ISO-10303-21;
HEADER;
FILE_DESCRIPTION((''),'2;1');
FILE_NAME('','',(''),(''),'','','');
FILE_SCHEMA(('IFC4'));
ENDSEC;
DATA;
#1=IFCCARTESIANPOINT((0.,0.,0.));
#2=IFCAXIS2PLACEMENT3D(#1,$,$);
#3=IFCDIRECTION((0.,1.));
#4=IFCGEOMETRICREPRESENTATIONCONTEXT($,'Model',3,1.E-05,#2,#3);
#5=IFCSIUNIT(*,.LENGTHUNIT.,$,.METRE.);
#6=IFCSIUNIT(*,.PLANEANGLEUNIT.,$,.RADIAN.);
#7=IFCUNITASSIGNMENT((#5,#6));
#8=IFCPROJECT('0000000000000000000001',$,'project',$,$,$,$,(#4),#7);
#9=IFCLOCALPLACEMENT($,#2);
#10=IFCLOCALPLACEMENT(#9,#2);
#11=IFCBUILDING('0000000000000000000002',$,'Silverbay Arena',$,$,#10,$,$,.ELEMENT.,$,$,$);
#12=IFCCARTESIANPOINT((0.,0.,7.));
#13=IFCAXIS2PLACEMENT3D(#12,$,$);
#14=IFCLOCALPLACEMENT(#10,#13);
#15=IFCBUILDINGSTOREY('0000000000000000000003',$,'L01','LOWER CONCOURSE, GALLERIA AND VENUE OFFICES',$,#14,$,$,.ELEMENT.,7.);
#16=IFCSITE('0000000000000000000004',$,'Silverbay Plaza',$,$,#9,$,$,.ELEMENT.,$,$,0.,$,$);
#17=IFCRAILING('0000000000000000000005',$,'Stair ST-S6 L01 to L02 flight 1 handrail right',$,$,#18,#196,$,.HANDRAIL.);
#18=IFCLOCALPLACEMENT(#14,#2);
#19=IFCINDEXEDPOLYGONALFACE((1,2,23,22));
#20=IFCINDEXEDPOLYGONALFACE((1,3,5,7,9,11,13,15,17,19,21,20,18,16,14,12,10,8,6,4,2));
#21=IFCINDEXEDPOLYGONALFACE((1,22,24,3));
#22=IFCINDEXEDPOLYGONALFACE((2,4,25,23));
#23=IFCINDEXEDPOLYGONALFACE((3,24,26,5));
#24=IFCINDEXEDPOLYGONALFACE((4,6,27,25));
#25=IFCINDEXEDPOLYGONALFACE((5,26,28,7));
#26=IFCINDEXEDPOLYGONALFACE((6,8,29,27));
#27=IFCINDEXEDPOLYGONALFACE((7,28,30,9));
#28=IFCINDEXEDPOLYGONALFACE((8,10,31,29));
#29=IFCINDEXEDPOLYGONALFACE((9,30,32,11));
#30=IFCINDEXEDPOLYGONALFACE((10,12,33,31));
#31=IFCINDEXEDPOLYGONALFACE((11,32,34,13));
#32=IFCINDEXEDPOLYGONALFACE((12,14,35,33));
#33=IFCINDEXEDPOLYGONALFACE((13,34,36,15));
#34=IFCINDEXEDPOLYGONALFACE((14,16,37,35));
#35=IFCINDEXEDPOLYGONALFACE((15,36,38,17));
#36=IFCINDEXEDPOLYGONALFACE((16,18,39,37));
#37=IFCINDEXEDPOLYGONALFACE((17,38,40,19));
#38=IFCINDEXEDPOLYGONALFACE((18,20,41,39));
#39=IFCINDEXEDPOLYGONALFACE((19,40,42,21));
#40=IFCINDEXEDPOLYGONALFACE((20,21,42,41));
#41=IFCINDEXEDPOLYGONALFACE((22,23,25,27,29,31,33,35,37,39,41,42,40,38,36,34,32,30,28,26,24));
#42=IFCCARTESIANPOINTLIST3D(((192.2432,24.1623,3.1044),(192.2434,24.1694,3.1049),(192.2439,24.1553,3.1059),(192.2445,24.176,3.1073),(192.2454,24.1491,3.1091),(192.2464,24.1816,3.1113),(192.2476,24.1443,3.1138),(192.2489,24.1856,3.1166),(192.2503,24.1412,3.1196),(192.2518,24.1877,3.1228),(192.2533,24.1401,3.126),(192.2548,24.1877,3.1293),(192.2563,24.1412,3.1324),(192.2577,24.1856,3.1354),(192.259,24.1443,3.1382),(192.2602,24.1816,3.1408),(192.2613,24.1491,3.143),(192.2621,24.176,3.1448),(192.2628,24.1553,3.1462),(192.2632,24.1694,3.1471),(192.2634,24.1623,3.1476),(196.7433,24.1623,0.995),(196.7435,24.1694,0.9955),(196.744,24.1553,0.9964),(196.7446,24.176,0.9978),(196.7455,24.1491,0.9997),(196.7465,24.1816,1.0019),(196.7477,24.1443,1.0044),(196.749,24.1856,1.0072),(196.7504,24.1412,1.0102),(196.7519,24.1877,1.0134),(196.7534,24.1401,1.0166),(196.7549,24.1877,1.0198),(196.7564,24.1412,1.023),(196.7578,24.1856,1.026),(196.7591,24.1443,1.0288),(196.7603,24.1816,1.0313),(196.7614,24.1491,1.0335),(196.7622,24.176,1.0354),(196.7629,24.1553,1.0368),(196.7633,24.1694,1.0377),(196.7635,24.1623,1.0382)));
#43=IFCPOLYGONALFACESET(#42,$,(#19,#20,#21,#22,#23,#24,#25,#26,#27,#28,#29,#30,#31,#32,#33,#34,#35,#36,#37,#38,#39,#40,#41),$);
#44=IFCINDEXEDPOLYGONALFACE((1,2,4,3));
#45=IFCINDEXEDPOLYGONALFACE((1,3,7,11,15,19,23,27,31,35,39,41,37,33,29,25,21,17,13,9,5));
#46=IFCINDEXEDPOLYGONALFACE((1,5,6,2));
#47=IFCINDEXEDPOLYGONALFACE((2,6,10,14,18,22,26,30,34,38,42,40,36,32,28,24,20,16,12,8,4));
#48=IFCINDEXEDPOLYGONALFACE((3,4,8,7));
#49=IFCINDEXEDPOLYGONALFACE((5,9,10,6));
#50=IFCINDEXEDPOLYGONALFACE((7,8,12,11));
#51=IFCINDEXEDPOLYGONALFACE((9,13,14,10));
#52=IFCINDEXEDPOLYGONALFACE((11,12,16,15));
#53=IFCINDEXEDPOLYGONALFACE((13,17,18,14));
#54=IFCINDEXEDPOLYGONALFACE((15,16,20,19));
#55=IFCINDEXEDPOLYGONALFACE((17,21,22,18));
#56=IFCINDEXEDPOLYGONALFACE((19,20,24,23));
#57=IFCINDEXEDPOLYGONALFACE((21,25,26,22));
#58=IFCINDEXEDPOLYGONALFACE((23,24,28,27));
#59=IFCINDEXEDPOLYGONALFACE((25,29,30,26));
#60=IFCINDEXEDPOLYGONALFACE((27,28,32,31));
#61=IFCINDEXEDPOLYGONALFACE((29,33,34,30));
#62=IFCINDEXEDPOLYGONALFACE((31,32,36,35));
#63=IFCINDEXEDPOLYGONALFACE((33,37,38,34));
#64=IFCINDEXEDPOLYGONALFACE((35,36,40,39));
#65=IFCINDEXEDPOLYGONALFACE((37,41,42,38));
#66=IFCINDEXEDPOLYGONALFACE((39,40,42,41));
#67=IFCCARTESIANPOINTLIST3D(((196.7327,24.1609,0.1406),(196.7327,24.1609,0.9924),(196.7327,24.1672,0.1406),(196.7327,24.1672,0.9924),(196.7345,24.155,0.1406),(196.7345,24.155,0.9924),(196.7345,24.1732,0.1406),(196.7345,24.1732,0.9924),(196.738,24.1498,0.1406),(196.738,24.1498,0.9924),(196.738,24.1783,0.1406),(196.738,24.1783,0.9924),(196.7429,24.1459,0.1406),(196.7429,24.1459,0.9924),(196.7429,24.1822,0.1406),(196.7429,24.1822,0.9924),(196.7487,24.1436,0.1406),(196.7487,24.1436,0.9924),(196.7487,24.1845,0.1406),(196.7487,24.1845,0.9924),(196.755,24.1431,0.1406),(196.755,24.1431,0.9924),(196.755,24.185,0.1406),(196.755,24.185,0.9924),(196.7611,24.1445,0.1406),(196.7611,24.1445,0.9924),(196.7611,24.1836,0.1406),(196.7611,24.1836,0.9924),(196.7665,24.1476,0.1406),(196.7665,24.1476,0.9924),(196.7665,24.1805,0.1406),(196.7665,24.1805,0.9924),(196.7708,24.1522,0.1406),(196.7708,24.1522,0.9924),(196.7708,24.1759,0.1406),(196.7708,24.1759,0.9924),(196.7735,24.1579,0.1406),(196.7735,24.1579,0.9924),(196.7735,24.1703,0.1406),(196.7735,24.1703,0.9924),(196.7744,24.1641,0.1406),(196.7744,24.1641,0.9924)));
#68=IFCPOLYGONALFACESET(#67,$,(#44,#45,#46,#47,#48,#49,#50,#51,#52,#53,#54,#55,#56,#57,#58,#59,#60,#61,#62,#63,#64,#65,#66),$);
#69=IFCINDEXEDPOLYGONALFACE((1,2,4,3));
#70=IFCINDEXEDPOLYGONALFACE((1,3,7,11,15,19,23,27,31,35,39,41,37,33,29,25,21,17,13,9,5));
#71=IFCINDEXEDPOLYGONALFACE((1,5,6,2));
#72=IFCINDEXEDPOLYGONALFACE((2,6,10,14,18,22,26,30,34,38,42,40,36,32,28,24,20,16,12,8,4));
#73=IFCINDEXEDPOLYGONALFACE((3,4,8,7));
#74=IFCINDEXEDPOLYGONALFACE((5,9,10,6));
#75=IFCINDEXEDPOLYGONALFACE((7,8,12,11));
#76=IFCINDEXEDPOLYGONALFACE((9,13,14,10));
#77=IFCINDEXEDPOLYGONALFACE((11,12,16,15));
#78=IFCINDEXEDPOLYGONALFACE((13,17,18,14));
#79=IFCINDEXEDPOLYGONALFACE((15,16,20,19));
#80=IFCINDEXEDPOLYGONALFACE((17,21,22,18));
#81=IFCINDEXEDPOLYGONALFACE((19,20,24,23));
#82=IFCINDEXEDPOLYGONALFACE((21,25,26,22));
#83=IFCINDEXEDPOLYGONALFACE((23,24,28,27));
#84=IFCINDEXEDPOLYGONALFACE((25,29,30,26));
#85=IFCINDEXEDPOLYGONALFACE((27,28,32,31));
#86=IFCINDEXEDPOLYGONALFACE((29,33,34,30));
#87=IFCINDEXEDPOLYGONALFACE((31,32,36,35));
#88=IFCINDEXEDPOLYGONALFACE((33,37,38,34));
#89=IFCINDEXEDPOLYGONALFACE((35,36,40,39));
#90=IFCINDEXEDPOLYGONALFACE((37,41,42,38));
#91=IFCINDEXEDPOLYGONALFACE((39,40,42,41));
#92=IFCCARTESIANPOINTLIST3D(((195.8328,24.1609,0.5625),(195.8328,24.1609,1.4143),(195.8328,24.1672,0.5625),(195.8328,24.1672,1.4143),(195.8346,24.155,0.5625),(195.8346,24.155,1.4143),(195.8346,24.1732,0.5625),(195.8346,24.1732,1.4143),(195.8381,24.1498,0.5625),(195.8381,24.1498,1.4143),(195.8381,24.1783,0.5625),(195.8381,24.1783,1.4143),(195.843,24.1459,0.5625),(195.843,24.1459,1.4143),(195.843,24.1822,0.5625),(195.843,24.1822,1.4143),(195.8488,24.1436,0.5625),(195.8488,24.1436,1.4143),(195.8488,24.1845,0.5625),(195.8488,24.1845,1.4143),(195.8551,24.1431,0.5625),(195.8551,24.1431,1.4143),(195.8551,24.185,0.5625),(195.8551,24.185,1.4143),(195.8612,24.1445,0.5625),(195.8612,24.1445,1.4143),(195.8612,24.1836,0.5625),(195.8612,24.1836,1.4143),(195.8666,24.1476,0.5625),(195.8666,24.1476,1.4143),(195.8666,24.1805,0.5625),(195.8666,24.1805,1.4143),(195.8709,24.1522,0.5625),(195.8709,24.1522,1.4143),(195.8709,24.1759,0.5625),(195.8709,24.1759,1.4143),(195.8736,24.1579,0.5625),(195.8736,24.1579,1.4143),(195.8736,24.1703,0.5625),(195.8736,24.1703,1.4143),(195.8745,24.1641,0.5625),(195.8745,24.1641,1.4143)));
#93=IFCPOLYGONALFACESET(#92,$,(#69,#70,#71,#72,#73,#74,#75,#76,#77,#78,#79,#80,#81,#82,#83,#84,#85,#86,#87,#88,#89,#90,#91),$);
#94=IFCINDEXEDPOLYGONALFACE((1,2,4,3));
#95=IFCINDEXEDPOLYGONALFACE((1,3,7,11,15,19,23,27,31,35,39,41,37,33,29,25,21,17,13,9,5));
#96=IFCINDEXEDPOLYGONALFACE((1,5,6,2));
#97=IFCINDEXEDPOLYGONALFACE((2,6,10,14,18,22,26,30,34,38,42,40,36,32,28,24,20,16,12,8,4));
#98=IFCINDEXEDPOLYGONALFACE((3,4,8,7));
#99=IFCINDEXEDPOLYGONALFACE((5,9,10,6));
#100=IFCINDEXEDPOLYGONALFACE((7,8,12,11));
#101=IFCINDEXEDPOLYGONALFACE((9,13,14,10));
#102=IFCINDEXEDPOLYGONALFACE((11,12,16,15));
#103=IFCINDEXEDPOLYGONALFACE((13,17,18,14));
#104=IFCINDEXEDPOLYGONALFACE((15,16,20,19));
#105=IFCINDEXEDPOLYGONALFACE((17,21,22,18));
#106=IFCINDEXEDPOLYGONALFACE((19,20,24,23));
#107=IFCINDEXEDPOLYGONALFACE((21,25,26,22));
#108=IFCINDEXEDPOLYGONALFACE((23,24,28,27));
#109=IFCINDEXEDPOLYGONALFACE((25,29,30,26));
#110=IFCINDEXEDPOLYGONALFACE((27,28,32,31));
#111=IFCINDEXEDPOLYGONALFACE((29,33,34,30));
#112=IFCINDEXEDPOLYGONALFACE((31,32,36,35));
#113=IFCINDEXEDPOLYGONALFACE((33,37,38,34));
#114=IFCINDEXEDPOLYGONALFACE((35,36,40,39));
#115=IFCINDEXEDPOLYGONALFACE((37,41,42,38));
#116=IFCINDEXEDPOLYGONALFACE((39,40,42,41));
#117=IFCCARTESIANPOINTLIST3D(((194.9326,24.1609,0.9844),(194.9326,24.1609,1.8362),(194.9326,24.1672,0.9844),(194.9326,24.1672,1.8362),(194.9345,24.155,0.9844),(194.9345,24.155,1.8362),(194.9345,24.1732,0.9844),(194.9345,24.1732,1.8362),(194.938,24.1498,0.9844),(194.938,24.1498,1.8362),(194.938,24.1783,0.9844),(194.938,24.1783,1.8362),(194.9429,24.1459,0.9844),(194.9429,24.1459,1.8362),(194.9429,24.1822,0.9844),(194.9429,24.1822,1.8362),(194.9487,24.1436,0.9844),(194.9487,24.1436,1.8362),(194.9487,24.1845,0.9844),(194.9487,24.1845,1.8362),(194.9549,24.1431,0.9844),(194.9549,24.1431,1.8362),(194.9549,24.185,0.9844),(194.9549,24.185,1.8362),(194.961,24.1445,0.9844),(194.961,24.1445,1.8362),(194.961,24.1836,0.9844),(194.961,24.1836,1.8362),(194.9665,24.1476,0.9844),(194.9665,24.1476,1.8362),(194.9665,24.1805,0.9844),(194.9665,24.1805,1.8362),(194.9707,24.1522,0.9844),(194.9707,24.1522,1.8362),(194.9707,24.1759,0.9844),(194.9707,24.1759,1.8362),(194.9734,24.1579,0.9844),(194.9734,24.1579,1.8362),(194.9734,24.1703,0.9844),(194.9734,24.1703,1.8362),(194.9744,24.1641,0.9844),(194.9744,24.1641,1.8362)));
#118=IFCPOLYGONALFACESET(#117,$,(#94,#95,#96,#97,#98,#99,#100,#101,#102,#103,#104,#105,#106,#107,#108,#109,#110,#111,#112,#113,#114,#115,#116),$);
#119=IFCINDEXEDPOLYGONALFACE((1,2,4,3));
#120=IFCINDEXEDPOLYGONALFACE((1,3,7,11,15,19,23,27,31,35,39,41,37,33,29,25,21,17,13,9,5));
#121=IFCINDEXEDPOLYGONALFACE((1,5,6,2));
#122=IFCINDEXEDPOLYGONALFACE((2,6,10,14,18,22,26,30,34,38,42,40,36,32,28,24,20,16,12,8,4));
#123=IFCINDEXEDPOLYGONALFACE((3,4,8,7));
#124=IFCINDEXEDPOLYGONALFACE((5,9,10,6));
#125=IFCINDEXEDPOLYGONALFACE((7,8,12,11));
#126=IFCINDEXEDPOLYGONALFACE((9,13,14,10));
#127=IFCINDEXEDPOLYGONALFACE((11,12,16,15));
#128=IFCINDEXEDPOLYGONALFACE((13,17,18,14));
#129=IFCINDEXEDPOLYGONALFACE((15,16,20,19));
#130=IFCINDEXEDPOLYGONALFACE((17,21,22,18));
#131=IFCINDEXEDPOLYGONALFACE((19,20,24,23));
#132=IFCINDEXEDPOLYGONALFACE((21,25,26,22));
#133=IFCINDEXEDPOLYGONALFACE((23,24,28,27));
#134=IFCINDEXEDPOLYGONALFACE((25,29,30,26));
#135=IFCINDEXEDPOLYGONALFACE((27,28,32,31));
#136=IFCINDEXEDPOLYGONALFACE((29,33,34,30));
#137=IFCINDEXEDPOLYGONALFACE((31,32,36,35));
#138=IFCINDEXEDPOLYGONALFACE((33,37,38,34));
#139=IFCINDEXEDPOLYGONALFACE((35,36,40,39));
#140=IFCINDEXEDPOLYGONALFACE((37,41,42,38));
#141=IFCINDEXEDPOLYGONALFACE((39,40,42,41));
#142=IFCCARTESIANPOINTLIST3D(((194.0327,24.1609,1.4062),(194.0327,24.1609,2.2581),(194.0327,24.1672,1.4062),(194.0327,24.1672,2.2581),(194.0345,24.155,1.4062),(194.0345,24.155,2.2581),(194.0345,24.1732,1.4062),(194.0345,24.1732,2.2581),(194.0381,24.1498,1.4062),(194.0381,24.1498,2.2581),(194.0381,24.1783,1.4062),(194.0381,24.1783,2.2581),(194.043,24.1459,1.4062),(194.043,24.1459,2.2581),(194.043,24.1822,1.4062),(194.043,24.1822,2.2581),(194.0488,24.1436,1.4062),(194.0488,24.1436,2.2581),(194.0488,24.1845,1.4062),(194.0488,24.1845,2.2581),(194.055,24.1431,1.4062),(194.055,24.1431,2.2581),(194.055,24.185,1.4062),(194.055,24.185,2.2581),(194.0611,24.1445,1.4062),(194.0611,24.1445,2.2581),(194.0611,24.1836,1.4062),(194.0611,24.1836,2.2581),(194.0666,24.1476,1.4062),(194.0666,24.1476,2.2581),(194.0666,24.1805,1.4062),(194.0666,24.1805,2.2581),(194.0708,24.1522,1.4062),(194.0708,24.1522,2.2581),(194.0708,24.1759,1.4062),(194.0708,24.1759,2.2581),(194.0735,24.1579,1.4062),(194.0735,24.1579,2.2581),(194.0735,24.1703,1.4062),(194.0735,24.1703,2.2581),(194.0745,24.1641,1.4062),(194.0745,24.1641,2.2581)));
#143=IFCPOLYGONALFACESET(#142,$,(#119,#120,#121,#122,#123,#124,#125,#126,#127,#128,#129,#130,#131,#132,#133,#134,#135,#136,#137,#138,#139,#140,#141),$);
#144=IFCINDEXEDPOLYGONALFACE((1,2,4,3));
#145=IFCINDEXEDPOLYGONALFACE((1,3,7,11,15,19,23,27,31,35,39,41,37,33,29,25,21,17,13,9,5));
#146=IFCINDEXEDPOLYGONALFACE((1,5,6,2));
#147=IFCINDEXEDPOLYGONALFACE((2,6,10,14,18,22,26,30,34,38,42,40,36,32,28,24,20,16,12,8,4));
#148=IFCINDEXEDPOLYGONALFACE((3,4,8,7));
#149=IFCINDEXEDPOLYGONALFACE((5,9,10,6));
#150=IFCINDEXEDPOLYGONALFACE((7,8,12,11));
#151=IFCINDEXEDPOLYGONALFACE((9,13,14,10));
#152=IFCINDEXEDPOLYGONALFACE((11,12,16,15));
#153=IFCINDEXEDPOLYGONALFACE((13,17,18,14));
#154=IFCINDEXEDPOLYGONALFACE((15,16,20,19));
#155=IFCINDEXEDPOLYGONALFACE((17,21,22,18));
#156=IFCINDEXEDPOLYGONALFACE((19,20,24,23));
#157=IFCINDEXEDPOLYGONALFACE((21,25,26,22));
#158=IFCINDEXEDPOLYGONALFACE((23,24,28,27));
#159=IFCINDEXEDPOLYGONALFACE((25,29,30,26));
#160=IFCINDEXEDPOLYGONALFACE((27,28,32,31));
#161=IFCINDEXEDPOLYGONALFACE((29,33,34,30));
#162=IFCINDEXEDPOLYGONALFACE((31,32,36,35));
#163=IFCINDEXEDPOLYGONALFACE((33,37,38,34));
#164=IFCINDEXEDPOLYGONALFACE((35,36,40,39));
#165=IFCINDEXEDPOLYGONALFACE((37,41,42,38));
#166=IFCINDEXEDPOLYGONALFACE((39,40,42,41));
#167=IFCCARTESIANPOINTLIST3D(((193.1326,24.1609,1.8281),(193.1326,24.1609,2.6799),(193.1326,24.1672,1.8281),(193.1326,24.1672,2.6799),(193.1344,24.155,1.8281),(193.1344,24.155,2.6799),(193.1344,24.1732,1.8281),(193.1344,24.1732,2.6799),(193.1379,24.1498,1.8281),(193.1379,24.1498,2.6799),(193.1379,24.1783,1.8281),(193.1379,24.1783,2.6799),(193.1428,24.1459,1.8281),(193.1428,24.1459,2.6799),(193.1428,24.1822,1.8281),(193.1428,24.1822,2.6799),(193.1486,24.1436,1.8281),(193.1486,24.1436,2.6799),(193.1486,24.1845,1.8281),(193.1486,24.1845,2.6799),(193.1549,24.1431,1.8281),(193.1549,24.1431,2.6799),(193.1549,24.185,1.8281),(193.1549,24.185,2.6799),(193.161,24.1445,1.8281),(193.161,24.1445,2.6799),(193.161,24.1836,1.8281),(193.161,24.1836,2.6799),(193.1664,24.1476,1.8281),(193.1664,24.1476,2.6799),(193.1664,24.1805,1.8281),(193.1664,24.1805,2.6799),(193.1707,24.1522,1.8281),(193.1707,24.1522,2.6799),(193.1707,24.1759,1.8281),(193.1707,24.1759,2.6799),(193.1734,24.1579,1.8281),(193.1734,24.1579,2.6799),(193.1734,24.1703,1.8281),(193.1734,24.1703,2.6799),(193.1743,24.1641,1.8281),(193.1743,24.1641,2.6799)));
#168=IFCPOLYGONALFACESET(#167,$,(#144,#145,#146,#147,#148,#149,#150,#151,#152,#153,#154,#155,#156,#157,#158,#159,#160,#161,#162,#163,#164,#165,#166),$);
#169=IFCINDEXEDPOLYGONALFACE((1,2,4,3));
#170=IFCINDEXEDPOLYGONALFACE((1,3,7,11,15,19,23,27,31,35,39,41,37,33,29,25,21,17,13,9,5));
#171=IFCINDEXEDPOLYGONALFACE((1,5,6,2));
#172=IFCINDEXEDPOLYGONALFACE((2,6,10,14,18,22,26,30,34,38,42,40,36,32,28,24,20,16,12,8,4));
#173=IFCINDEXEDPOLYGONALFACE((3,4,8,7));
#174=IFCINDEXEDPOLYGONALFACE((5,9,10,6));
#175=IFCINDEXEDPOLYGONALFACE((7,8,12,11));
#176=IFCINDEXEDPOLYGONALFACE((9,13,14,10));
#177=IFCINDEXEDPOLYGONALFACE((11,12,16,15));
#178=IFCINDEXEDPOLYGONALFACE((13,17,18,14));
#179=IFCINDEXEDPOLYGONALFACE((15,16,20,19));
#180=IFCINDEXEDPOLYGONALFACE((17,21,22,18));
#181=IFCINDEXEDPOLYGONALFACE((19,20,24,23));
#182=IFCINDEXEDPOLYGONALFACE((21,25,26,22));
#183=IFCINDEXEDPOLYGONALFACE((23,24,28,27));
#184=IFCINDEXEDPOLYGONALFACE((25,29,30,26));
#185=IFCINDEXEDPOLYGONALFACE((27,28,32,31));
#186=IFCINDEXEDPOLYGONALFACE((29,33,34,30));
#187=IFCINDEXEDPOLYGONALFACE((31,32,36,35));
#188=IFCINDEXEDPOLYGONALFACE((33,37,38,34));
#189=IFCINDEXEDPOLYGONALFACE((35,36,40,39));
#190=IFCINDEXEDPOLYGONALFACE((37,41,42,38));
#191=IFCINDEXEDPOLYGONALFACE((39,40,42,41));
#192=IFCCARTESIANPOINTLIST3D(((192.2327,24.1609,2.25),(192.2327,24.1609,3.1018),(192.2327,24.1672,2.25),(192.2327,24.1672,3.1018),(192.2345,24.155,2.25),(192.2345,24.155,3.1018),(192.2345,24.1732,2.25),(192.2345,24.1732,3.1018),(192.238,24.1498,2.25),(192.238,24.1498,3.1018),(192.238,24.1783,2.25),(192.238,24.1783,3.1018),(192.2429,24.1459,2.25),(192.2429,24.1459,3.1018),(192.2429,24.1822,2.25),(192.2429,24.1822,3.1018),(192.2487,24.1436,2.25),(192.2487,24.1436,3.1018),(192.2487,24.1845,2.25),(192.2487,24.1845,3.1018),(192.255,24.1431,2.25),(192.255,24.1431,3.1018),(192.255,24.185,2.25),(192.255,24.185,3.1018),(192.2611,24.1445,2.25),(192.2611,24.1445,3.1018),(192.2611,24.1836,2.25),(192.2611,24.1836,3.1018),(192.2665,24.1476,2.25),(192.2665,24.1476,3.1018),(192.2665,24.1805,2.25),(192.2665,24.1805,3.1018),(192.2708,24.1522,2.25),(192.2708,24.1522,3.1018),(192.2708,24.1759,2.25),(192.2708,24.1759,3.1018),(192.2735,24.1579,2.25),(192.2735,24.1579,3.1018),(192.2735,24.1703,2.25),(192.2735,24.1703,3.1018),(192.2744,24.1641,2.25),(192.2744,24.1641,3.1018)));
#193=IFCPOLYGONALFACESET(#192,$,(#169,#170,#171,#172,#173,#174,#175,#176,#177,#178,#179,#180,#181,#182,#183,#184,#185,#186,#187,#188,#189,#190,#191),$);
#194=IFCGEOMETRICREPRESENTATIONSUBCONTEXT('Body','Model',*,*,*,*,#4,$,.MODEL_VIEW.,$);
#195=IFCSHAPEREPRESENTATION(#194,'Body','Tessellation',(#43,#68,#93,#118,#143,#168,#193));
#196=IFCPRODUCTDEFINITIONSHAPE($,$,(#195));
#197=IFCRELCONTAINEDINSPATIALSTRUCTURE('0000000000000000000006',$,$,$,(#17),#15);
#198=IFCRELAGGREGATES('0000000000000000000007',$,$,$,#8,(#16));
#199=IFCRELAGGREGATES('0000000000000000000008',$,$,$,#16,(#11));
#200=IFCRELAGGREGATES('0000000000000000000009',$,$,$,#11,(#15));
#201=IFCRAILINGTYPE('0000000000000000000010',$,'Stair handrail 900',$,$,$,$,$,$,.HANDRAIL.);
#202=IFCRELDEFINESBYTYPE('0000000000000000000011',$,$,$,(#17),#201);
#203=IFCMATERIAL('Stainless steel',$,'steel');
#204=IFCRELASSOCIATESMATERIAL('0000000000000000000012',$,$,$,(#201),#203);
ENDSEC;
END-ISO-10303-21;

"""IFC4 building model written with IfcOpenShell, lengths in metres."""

from ifc_helpers import new_model, si_unit, direction, frame, origin, origin_2d, place, context, subcontext, project, spatial, circle, extrude, material, type_object, element, save


model = new_model("IFC4")

# Units and contexts
model_context = context("Model", 3, precision=1e-05, world=origin(), true_north=direction((0.0, 1.0)))
body_context = subcontext(model_context, "Body", "Model", "MODEL_VIEW")
ifc_project = project(units=[si_unit("LENGTHUNIT", "METRE"), si_unit("PLANEANGLEUNIT", "RADIAN")], contexts=[model_context])

# Site, building, storey
site_placement = place(None, origin())
site = spatial("IfcSite", under=ifc_project, at=site_placement, Name="Silverbay Plaza", CompositionType="ELEMENT", RefElevation=0.0)
building_placement = place(site_placement, origin())
building = spatial("IfcBuilding", under=site, at=building_placement, Name="Silverbay Arena", CompositionType="ELEMENT")
storey_placement = place(building_placement, frame((0.0, 0.0, 7.0)))
storey = spatial("IfcBuildingStorey", under=building, at=storey_placement, Name="L01", Description="LOWER CONCOURSE, GALLERIA AND VENUE OFFICES", CompositionType="ELEMENT", Elevation=7.0)

# Railing
ifc_material_1 = material(Name="Stainless steel", Category="steel")
railing_type_1 = type_object("IfcRailingType", Name="Stair handrail 900", PredefinedType="HANDRAIL", material=ifc_material_1)
for number, where, name in (
    (1, (196.7534, 24.1641, 0.1406), "Stair ST-S6 L01 to L02 flight 1 handrail right"),
):
    element("IfcRailing", number, at=place(storey_placement, frame(where)), inside=storey, type_object=railing_type_1, Name=name, PredefinedType="HANDRAIL", context=body_context, shape_type="SweptSolid", body=[
        extrude(circle(Radius=0.0239, at=origin_2d()), frame((0.0, 0.0, 0.876), z_axis=(-0.905459, 0.0, 0.424434), x_axis=(0.0, -1.0, 0.0)), (0.0, 0.0, 1.0), 4.97),
        extrude(circle(Radius=0.021, at=origin_2d()), origin(), (0.0, 0.0, 1.0), 0.8518),
        extrude(circle(Radius=0.021, at=origin_2d()), frame((-0.8999, 0.0, 0.4219)), (0.0, 0.0, 1.0), 0.8518),
        extrude(circle(Radius=0.021, at=origin_2d()), frame((-1.8, 0.0, 0.8438)), (0.0, 0.0, 1.0), 0.8518),
        extrude(circle(Radius=0.021, at=origin_2d()), frame((-2.7, 0.0, 1.2656)), (0.0, 0.0, 1.0), 0.8518),
        extrude(circle(Radius=0.021, at=origin_2d()), frame((-3.6001, 0.0, 1.6875)), (0.0, 0.0, 1.0), 0.8518),
        extrude(circle(Radius=0.021, at=origin_2d()), frame((-4.5, 0.0, 2.1094)), (0.0, 0.0, 1.0), 0.8518),
    ])

save(model, "model.ifc")
